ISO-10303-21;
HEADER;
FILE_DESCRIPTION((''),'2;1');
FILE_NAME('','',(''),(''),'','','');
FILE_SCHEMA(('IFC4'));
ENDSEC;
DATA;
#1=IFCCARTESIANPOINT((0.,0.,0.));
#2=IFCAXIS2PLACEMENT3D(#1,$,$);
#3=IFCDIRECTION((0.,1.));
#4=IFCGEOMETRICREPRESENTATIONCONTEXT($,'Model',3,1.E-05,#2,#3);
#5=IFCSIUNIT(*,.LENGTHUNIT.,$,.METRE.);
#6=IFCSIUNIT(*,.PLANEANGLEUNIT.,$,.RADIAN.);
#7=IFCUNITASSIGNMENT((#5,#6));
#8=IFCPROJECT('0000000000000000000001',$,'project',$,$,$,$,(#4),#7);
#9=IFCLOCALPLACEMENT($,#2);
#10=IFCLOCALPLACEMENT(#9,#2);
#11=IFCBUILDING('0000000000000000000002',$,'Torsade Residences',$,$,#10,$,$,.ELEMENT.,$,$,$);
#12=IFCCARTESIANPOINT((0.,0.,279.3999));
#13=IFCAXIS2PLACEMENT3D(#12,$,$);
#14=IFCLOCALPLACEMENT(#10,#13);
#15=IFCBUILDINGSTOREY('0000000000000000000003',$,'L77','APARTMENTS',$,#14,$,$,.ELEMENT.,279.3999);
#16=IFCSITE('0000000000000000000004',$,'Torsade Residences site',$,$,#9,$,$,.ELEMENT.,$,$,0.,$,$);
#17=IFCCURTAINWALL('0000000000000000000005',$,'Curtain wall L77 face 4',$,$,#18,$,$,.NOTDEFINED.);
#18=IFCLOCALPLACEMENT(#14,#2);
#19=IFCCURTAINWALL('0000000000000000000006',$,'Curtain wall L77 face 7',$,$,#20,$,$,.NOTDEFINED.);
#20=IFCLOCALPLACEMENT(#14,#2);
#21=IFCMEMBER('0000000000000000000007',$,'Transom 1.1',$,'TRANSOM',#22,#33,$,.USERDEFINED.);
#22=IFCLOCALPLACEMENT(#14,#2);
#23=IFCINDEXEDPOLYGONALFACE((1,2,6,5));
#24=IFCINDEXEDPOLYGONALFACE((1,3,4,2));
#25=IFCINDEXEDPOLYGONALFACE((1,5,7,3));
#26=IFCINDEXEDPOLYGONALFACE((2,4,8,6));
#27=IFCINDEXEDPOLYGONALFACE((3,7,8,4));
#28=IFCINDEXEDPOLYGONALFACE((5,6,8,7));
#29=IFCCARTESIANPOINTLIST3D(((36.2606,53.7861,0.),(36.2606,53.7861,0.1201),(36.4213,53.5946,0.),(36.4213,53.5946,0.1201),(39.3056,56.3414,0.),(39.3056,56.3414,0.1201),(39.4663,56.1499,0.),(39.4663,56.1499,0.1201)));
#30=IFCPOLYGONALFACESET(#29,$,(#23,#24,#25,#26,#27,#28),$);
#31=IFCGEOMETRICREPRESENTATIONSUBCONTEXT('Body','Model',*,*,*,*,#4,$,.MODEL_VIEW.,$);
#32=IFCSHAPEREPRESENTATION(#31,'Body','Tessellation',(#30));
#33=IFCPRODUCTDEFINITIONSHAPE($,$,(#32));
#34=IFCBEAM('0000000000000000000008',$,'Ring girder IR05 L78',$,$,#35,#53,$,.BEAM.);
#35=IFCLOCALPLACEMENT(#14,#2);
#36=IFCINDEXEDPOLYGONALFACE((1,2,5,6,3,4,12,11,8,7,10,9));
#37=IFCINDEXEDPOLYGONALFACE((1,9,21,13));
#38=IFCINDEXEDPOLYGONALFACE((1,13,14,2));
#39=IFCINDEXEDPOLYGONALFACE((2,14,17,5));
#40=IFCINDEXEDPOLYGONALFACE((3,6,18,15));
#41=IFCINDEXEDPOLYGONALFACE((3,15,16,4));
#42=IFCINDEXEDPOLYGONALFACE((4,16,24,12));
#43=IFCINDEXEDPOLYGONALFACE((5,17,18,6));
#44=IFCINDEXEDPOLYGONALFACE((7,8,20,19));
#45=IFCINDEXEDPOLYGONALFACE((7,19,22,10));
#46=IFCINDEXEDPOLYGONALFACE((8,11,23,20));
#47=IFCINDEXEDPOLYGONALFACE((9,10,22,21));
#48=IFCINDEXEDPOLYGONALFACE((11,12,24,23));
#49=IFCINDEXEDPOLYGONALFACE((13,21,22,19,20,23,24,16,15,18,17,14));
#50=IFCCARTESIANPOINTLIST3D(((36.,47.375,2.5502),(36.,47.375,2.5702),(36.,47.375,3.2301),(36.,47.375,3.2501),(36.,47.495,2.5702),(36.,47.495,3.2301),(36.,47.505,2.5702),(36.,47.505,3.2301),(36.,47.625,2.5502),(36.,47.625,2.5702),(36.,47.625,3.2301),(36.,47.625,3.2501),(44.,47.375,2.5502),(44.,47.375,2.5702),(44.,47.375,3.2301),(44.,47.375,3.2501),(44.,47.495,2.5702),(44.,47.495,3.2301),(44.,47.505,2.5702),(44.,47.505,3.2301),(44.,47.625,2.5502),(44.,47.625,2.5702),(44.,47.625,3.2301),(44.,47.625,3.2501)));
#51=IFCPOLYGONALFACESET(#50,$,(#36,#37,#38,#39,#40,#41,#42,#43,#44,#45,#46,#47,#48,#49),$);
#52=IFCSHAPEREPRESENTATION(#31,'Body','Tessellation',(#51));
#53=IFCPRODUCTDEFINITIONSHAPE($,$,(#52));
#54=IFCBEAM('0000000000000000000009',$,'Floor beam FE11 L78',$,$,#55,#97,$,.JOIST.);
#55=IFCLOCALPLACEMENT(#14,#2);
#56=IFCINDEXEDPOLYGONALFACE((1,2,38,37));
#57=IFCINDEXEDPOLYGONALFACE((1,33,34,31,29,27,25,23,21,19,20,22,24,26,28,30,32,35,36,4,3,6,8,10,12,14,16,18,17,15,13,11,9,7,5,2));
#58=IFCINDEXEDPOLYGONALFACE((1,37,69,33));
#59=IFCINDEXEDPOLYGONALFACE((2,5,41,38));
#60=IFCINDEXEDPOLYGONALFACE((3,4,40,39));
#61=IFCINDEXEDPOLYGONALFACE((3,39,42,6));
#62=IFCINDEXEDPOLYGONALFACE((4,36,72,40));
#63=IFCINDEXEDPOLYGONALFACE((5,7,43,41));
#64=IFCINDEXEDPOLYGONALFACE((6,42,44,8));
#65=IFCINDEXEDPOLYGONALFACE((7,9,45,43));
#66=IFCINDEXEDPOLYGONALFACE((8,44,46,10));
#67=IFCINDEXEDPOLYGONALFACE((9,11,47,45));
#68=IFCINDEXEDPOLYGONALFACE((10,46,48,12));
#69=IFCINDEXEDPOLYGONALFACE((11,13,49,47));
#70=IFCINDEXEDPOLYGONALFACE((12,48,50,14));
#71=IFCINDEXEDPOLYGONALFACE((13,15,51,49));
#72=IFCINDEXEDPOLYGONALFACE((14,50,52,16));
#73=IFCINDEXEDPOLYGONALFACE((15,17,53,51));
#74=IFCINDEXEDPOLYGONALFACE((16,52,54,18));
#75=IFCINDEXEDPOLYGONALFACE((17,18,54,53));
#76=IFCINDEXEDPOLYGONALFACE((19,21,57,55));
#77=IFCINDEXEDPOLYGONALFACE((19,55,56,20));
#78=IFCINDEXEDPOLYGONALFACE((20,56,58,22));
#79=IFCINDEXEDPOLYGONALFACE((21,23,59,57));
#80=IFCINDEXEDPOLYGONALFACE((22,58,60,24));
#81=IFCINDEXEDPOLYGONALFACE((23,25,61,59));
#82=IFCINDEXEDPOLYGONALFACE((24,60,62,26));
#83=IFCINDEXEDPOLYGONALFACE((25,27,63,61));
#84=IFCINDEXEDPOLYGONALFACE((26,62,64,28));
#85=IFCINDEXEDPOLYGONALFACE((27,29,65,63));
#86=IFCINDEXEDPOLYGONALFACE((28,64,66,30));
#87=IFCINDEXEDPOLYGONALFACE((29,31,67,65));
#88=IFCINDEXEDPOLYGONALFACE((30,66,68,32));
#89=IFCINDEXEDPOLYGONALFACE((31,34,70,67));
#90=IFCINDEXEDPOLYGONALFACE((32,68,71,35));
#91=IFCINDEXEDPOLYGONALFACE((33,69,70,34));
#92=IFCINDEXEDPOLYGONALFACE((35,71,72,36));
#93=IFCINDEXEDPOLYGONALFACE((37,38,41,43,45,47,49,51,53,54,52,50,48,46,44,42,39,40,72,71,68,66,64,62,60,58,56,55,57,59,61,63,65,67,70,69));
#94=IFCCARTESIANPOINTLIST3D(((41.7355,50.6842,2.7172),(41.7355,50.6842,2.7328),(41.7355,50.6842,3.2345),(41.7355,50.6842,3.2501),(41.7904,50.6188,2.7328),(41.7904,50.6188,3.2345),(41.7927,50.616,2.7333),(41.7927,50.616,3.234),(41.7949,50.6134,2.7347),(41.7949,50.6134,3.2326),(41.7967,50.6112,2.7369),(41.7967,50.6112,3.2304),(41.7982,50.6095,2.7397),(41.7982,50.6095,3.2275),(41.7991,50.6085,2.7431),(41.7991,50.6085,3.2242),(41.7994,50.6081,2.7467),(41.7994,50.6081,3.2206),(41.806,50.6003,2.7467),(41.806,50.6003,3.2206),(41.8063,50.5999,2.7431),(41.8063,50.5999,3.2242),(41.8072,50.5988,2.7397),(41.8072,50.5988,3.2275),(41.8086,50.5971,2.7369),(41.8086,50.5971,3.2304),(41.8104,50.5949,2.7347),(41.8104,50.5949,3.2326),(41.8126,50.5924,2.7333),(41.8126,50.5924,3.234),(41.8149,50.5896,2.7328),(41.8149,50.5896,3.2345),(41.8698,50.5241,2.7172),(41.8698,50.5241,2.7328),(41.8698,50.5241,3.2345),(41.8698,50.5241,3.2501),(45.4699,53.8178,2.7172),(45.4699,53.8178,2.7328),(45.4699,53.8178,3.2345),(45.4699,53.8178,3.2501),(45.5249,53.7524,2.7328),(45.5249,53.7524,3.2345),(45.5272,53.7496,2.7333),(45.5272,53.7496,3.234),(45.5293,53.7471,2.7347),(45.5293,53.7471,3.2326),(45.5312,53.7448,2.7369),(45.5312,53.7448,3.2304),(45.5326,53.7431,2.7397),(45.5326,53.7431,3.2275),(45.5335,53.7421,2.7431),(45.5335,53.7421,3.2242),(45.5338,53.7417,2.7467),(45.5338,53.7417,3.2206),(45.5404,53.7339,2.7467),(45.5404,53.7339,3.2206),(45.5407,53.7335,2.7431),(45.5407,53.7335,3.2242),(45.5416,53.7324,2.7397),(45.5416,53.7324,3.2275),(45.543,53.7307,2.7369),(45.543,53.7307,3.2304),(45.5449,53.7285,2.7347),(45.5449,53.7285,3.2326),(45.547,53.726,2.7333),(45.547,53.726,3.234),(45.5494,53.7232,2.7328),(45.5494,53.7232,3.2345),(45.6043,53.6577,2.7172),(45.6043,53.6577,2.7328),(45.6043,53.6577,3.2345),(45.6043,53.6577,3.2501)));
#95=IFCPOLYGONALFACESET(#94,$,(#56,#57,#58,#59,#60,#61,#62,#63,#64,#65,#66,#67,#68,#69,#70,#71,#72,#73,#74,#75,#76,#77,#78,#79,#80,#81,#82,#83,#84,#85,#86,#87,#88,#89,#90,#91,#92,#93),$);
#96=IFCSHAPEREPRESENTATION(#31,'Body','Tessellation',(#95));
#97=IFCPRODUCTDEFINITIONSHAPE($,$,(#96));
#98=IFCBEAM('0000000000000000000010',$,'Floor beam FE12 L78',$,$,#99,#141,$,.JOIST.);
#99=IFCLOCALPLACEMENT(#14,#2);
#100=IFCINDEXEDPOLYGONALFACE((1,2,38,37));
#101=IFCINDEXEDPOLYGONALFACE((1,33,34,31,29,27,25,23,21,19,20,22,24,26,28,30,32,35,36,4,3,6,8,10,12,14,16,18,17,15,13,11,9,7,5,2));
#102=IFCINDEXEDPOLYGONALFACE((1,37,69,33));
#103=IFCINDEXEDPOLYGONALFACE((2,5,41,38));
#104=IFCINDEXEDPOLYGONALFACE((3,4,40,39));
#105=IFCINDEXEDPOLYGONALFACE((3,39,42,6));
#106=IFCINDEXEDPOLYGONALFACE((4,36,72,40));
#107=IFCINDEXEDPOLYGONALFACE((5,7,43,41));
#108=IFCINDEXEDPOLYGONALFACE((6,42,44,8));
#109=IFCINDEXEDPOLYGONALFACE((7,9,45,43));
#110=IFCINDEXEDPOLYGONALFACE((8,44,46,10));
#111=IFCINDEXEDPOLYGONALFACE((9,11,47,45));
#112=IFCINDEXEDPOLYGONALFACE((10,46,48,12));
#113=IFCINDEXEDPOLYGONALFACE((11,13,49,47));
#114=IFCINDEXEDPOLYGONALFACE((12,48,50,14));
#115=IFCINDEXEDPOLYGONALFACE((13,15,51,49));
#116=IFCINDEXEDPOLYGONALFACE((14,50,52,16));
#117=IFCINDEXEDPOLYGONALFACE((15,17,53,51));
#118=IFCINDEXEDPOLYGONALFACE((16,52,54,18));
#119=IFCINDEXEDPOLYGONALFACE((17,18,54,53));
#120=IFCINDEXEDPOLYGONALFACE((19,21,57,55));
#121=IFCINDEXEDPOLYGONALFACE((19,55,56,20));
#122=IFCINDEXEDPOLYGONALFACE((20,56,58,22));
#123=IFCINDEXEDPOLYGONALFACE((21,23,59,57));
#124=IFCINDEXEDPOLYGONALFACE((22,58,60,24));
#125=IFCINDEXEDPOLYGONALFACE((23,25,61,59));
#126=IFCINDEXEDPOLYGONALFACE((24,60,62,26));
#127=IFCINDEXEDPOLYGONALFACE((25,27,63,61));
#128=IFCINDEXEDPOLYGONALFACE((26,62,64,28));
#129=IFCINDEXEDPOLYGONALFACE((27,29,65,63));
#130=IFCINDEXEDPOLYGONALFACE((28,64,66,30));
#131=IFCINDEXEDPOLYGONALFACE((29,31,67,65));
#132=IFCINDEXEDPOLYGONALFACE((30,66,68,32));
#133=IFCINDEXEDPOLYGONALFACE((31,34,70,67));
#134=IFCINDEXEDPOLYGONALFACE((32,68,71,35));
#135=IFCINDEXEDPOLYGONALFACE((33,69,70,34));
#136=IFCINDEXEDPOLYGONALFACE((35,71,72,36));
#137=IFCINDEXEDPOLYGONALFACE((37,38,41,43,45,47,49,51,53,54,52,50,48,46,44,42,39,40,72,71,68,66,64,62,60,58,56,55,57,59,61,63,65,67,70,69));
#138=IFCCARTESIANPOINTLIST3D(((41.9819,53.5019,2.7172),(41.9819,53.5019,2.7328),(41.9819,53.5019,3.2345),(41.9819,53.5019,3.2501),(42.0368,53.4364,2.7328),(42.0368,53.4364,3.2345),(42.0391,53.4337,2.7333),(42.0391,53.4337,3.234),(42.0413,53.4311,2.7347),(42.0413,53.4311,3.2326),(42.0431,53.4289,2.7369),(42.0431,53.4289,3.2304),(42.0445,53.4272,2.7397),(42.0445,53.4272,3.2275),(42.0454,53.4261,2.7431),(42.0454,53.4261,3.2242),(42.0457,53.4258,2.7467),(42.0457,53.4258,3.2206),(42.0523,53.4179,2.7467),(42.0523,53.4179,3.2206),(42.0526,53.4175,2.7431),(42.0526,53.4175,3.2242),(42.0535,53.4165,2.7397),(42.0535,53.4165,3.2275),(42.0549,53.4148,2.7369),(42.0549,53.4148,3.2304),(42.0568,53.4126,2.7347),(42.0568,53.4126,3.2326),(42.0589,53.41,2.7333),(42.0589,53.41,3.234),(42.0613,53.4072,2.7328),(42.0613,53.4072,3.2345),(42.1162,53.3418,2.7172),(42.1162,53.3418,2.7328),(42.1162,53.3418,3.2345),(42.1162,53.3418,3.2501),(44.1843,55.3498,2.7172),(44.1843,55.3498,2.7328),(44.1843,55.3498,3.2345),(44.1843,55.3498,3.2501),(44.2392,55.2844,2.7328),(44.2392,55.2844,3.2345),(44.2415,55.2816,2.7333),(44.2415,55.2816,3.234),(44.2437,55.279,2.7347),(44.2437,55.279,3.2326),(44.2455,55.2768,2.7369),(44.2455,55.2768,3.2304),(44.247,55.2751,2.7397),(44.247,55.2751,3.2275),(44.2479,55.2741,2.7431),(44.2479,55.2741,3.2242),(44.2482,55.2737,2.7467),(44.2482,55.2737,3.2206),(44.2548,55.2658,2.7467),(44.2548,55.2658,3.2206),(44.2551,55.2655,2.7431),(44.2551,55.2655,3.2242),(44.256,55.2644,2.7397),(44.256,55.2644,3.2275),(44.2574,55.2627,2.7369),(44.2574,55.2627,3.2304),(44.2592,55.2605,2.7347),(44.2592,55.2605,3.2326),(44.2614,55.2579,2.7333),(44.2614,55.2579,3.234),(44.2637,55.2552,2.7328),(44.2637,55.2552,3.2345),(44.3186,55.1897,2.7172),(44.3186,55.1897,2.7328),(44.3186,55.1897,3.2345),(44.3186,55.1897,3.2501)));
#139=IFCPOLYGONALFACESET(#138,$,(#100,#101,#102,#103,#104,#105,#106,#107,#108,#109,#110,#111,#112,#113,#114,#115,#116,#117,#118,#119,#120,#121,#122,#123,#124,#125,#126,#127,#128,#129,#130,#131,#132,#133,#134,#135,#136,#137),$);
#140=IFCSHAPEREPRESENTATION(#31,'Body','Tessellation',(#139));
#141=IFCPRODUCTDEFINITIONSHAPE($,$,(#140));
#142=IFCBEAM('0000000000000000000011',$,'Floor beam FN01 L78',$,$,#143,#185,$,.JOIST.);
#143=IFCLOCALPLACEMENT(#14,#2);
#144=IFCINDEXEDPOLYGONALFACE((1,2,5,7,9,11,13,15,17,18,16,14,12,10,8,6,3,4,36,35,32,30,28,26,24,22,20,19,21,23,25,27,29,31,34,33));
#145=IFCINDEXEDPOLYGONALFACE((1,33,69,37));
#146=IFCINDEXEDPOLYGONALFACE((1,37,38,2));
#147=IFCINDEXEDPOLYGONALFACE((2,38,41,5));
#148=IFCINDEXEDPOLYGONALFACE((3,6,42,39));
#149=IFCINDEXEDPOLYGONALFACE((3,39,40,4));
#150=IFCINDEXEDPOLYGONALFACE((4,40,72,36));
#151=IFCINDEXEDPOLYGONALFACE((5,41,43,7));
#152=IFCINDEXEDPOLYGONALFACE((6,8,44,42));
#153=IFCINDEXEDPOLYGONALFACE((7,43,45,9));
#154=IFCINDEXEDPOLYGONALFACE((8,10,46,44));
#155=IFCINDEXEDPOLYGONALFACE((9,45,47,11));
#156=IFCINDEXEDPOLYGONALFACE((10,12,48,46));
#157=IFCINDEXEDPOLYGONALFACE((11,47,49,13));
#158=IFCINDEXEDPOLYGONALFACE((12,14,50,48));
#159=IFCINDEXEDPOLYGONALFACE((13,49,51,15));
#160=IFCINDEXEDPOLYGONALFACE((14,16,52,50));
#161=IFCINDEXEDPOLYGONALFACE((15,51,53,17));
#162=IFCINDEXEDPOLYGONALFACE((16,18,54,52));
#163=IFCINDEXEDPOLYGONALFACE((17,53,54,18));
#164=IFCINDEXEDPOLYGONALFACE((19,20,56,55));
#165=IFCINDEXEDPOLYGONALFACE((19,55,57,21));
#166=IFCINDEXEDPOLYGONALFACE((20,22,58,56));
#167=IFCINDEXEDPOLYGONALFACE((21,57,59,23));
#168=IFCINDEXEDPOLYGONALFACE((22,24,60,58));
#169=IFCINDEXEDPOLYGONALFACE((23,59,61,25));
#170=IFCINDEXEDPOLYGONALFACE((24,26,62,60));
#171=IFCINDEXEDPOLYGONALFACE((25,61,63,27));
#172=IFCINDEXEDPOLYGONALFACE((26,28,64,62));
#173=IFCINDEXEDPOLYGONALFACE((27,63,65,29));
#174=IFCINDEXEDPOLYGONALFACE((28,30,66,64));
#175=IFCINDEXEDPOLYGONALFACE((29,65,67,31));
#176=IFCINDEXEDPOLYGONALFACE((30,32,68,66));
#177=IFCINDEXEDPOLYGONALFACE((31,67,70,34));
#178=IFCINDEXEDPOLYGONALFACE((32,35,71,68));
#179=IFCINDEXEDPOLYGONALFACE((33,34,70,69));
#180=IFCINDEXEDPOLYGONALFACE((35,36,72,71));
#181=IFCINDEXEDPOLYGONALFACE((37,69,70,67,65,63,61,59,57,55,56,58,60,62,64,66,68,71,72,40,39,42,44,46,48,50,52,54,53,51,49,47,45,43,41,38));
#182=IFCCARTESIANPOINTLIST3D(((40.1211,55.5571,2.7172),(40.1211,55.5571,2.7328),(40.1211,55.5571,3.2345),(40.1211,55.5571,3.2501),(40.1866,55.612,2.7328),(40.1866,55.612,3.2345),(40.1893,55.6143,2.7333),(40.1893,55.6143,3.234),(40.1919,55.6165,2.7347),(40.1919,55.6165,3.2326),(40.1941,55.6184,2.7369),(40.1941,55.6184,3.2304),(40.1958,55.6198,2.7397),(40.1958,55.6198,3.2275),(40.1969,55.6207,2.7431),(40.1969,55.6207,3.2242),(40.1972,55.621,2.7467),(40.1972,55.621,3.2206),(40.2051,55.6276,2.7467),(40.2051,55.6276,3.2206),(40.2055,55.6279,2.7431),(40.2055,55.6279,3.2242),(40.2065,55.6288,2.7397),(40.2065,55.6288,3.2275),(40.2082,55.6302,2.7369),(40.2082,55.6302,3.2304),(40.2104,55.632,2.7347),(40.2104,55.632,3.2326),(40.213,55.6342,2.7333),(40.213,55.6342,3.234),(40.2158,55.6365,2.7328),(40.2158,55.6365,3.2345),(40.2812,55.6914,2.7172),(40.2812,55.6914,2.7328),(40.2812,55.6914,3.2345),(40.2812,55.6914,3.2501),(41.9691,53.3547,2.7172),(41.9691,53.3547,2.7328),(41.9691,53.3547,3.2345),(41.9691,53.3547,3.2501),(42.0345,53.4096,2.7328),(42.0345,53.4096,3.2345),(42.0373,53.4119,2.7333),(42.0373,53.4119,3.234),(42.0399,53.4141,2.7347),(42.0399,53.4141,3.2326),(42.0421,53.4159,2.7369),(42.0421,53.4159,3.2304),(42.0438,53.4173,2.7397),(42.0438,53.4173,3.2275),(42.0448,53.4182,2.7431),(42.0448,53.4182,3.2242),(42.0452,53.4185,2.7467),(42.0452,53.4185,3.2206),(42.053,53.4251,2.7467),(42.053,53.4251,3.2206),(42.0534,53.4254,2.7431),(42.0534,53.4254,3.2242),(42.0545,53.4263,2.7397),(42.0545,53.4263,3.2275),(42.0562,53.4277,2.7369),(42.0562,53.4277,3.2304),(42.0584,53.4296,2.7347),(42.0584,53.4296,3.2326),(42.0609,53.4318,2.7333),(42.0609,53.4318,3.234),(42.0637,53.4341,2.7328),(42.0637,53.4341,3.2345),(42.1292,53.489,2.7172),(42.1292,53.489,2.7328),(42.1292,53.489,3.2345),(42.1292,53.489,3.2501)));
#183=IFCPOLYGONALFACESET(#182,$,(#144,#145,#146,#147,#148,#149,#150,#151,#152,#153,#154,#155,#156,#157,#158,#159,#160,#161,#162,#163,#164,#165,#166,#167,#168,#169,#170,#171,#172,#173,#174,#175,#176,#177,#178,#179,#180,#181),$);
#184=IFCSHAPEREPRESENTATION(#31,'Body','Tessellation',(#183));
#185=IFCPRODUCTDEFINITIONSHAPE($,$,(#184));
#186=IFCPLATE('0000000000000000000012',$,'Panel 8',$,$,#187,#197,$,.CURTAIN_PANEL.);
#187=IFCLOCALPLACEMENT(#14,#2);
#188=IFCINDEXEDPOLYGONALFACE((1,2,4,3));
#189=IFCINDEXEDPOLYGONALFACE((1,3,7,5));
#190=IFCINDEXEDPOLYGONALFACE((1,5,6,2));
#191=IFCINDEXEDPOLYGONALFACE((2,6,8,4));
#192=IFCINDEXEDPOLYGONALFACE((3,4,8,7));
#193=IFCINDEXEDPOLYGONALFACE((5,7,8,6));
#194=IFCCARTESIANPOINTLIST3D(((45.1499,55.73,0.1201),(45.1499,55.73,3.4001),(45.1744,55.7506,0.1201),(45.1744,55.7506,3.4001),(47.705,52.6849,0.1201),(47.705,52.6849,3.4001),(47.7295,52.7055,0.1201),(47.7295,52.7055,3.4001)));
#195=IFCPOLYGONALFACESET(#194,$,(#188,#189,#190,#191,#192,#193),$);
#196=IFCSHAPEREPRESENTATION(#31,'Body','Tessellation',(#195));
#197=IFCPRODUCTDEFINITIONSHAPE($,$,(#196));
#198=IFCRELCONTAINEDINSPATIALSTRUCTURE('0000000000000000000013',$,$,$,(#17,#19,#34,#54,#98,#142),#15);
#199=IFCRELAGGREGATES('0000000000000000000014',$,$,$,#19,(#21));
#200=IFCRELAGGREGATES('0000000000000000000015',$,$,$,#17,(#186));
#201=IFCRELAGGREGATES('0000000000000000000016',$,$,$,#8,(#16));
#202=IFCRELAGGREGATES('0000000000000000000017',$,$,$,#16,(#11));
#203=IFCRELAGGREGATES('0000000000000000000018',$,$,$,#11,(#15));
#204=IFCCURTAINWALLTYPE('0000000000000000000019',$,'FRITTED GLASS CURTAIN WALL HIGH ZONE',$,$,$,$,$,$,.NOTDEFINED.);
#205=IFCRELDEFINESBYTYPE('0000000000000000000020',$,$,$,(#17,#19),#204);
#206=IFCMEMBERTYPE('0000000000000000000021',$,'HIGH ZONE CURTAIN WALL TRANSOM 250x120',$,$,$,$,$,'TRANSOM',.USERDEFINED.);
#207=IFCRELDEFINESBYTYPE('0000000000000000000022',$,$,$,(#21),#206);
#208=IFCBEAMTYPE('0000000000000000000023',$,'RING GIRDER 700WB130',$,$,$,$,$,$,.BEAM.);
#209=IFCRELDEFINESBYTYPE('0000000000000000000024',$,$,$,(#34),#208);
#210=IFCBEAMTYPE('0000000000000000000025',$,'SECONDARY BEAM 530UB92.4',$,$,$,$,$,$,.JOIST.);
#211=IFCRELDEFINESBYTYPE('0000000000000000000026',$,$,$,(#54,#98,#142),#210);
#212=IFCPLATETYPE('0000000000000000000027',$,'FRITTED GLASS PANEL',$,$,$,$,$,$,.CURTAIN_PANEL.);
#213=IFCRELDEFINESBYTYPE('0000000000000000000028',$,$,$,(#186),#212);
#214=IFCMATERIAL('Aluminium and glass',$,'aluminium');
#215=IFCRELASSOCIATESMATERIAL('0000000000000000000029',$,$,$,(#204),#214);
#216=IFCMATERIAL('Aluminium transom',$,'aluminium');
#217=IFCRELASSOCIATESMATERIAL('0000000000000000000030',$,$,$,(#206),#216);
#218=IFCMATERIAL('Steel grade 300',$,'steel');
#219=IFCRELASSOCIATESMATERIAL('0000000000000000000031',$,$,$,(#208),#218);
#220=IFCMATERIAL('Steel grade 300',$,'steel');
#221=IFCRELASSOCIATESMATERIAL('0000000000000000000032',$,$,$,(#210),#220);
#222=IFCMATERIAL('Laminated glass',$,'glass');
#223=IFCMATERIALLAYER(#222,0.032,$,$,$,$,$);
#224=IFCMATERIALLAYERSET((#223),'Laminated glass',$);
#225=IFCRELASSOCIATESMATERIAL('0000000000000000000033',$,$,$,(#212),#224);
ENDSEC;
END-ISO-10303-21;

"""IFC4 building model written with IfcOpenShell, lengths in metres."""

from ifc_helpers import new_model, si_unit, direction, frame, origin, origin_2d, place, context, subcontext, project, spatial, rectangle, i_section, extrude, material, layer, layer_set, material_profile, profile_set, type_object, element, aggregate, save


model = new_model("IFC4")

# Units and contexts
model_context = context("Model", 3, precision=1e-05, world=origin(), true_north=direction((0.0, 1.0)))
body_context = subcontext(model_context, "Body", "Model", "MODEL_VIEW")
ifc_project = project(units=[si_unit("LENGTHUNIT", "METRE"), si_unit("PLANEANGLEUNIT", "RADIAN")], contexts=[model_context])

# Site, building, storey
site_placement = place(None, origin())
site = spatial("IfcSite", under=ifc_project, at=site_placement, Name="Torsade Residences site", CompositionType="ELEMENT", RefElevation=0.0)
building_placement = place(site_placement, origin())
building = spatial("IfcBuilding", under=site, at=building_placement, Name="Torsade Residences", CompositionType="ELEMENT")
storey_placement = place(building_placement, frame((0.0, 0.0, 279.3999)))
storey = spatial("IfcBuildingStorey", under=building, at=storey_placement, Name="L77", Description="APARTMENTS", CompositionType="ELEMENT", Elevation=279.3999)

# Curtain wall
ifc_material_1 = material(Name="Aluminium and glass", Category="aluminium")
curtain_wall_type = type_object("IfcCurtainWallType", Name="FRITTED GLASS CURTAIN WALL HIGH ZONE", PredefinedType="NOTDEFINED", material=ifc_material_1)
curtain_wall_1_placement = place(storey_placement, origin())
curtain_wall_1 = element("IfcCurtainWall", 1, at=curtain_wall_1_placement, inside=storey, type_object=curtain_wall_type, Name="Curtain wall L77 face 4", PredefinedType="NOTDEFINED")

# Curtain wall, member
curtain_wall_2_placement = place(storey_placement, origin())
curtain_wall_2 = element("IfcCurtainWall", 2, at=curtain_wall_2_placement, inside=storey, type_object=curtain_wall_type, Name="Curtain wall L77 face 7", PredefinedType="NOTDEFINED")
ifc_material_2 = material(Name="Aluminium transom", Category="aluminium")
ifc_material_profile_1 = material_profile(ifc_material_2, rectangle(XDim=0.25, YDim=0.1201, at=origin_2d()), Name="HIGH ZONE CURTAIN WALL TRANSOM 250x120")
ifc_profile_set_1 = profile_set([ifc_material_profile_1], Name="Aluminium transom")
member_type_1 = type_object("IfcMemberType", Name="HIGH ZONE CURTAIN WALL TRANSOM 250x120", ElementType="TRANSOM", PredefinedType="USERDEFINED", material=ifc_profile_set_1)
member_1_placement = place(storey_placement, frame((39.386, 56.2456, 0.0601), z_axis=(-0.766022, -0.642815, 0.0), x_axis=(0.642815, -0.766022, 0.0)))
member_1 = element("IfcMember", 3, at=member_1_placement, type_object=member_type_1, Name="Transom 1.1", ObjectType="TRANSOM", PredefinedType="USERDEFINED", context=body_context, shape_type="SweptSolid", body=[
    extrude(rectangle(XDim=0.25, YDim=0.1201, at=origin_2d()), origin(), (0.0, 0.0, 1.0), 3.9751),
])
aggregate(curtain_wall_2, [member_1])

# Beams
ifc_material_3 = material(Name="Steel grade 300", Category="steel")
ifc_material_profile_2 = material_profile(ifc_material_3, i_section(OverallWidth=0.25, OverallDepth=0.7, WebThickness=0.01, FlangeThickness=0.02, at=origin_2d()), Name="700WB130")
ifc_profile_set_2 = profile_set([ifc_material_profile_2], Name="Steel grade 300")
beam_type_1 = type_object("IfcBeamType", Name="RING GIRDER 700WB130", PredefinedType="BEAM", material=ifc_profile_set_2)
beam_1_placement = place(storey_placement, frame((44.0, 47.5, 2.9001), z_axis=(-1.0, 0.0, 0.0), x_axis=(0.0, -1.0, 0.0)))
element("IfcBeam", 4, at=beam_1_placement, inside=storey, type_object=beam_type_1, Name="Ring girder IR05 L78", PredefinedType="BEAM", context=body_context, shape_type="SweptSolid", body=[
    extrude(i_section(OverallWidth=0.25, OverallDepth=0.7, WebThickness=0.01, FlangeThickness=0.02, at=origin_2d()), origin(), (0.0, 0.0, 1.0), 8.0),
])
ifc_material_4 = material(Name="Steel grade 300", Category="steel")
ifc_material_profile_3 = material_profile(ifc_material_4, i_section(OverallWidth=0.209, OverallDepth=0.533, WebThickness=0.0103, FlangeThickness=0.0156, FilletRadius=0.0139, at=origin_2d()), Name="530UB92.4")
ifc_profile_set_3 = profile_set([ifc_material_profile_3], Name="Steel grade 300")
beam_type_2 = type_object("IfcBeamType", Name="SECONDARY BEAM 530UB92.4", PredefinedType="JOIST", material=ifc_profile_set_3)
beam_2_placement = place(storey_placement, frame((45.5371, 53.7378, 2.9836), z_axis=(-0.766041, -0.642791, 0.0), x_axis=(0.642791, -0.766041, 0.0)))
element("IfcBeam", 5, at=beam_2_placement, inside=storey, type_object=beam_type_2, Name="Floor beam FE11 L78", PredefinedType="JOIST", context=body_context, shape_type="SweptSolid", body=[
    extrude(i_section(OverallWidth=0.209, OverallDepth=0.533, WebThickness=0.0103, FlangeThickness=0.0156, FilletRadius=0.0139, at=origin_2d()), origin(), (0.0, 0.0, 1.0), 4.875),
])
for number, where, z_axis, x_axis, name in (
    (6, (44.2515, 55.2698, 2.9836), (-0.766066, -0.642762, 0.0), (0.642762, -0.766066, 0.0), "Floor beam FE12 L78"),
    (7, (40.2012, 55.6243, 2.9836), (0.642762, -0.766066, 0.0), (0.766066, 0.642762, 0.0), "Floor beam FN01 L78"),
):
    element("IfcBeam", number, at=place(storey_placement, frame(where, z_axis=z_axis, x_axis=x_axis)), inside=storey, type_object=beam_type_2, Name=name, PredefinedType="JOIST", context=body_context, shape_type="SweptSolid", body=[
        extrude(i_section(OverallWidth=0.209, OverallDepth=0.533, WebThickness=0.0103, FlangeThickness=0.0156, FilletRadius=0.0139, at=origin_2d()), origin(), (0.0, 0.0, 1.0), 2.875),
    ])

# Plate
ifc_material_5 = material(Name="Laminated glass", Category="glass")
ifc_layer_1 = layer(ifc_material_5, 0.032)
ifc_layer_set_1 = layer_set([ifc_layer_1], Name="Laminated glass")
plate_type = type_object("IfcPlateType", Name="FRITTED GLASS PANEL", PredefinedType="CURTAIN_PANEL", material=ifc_layer_set_1)
plate_placement = place(storey_placement, frame((46.4397, 54.2178, 0.1201), z_axis=(0.0, 0.0, 1.0), x_axis=(-0.642788, 0.766044, 0.0)))
plate = element("IfcPlate", 8, at=plate_placement, type_object=plate_type, Name="Panel 8", PredefinedType="CURTAIN_PANEL", context=body_context, shape_type="SweptSolid", body=[
    extrude(rectangle(XDim=3.9751, YDim=0.032, at=origin_2d()), origin(), (0.0, 0.0, 1.0), 3.28),
])
aggregate(curtain_wall_1, [plate])

save(model, "model.ifc")
